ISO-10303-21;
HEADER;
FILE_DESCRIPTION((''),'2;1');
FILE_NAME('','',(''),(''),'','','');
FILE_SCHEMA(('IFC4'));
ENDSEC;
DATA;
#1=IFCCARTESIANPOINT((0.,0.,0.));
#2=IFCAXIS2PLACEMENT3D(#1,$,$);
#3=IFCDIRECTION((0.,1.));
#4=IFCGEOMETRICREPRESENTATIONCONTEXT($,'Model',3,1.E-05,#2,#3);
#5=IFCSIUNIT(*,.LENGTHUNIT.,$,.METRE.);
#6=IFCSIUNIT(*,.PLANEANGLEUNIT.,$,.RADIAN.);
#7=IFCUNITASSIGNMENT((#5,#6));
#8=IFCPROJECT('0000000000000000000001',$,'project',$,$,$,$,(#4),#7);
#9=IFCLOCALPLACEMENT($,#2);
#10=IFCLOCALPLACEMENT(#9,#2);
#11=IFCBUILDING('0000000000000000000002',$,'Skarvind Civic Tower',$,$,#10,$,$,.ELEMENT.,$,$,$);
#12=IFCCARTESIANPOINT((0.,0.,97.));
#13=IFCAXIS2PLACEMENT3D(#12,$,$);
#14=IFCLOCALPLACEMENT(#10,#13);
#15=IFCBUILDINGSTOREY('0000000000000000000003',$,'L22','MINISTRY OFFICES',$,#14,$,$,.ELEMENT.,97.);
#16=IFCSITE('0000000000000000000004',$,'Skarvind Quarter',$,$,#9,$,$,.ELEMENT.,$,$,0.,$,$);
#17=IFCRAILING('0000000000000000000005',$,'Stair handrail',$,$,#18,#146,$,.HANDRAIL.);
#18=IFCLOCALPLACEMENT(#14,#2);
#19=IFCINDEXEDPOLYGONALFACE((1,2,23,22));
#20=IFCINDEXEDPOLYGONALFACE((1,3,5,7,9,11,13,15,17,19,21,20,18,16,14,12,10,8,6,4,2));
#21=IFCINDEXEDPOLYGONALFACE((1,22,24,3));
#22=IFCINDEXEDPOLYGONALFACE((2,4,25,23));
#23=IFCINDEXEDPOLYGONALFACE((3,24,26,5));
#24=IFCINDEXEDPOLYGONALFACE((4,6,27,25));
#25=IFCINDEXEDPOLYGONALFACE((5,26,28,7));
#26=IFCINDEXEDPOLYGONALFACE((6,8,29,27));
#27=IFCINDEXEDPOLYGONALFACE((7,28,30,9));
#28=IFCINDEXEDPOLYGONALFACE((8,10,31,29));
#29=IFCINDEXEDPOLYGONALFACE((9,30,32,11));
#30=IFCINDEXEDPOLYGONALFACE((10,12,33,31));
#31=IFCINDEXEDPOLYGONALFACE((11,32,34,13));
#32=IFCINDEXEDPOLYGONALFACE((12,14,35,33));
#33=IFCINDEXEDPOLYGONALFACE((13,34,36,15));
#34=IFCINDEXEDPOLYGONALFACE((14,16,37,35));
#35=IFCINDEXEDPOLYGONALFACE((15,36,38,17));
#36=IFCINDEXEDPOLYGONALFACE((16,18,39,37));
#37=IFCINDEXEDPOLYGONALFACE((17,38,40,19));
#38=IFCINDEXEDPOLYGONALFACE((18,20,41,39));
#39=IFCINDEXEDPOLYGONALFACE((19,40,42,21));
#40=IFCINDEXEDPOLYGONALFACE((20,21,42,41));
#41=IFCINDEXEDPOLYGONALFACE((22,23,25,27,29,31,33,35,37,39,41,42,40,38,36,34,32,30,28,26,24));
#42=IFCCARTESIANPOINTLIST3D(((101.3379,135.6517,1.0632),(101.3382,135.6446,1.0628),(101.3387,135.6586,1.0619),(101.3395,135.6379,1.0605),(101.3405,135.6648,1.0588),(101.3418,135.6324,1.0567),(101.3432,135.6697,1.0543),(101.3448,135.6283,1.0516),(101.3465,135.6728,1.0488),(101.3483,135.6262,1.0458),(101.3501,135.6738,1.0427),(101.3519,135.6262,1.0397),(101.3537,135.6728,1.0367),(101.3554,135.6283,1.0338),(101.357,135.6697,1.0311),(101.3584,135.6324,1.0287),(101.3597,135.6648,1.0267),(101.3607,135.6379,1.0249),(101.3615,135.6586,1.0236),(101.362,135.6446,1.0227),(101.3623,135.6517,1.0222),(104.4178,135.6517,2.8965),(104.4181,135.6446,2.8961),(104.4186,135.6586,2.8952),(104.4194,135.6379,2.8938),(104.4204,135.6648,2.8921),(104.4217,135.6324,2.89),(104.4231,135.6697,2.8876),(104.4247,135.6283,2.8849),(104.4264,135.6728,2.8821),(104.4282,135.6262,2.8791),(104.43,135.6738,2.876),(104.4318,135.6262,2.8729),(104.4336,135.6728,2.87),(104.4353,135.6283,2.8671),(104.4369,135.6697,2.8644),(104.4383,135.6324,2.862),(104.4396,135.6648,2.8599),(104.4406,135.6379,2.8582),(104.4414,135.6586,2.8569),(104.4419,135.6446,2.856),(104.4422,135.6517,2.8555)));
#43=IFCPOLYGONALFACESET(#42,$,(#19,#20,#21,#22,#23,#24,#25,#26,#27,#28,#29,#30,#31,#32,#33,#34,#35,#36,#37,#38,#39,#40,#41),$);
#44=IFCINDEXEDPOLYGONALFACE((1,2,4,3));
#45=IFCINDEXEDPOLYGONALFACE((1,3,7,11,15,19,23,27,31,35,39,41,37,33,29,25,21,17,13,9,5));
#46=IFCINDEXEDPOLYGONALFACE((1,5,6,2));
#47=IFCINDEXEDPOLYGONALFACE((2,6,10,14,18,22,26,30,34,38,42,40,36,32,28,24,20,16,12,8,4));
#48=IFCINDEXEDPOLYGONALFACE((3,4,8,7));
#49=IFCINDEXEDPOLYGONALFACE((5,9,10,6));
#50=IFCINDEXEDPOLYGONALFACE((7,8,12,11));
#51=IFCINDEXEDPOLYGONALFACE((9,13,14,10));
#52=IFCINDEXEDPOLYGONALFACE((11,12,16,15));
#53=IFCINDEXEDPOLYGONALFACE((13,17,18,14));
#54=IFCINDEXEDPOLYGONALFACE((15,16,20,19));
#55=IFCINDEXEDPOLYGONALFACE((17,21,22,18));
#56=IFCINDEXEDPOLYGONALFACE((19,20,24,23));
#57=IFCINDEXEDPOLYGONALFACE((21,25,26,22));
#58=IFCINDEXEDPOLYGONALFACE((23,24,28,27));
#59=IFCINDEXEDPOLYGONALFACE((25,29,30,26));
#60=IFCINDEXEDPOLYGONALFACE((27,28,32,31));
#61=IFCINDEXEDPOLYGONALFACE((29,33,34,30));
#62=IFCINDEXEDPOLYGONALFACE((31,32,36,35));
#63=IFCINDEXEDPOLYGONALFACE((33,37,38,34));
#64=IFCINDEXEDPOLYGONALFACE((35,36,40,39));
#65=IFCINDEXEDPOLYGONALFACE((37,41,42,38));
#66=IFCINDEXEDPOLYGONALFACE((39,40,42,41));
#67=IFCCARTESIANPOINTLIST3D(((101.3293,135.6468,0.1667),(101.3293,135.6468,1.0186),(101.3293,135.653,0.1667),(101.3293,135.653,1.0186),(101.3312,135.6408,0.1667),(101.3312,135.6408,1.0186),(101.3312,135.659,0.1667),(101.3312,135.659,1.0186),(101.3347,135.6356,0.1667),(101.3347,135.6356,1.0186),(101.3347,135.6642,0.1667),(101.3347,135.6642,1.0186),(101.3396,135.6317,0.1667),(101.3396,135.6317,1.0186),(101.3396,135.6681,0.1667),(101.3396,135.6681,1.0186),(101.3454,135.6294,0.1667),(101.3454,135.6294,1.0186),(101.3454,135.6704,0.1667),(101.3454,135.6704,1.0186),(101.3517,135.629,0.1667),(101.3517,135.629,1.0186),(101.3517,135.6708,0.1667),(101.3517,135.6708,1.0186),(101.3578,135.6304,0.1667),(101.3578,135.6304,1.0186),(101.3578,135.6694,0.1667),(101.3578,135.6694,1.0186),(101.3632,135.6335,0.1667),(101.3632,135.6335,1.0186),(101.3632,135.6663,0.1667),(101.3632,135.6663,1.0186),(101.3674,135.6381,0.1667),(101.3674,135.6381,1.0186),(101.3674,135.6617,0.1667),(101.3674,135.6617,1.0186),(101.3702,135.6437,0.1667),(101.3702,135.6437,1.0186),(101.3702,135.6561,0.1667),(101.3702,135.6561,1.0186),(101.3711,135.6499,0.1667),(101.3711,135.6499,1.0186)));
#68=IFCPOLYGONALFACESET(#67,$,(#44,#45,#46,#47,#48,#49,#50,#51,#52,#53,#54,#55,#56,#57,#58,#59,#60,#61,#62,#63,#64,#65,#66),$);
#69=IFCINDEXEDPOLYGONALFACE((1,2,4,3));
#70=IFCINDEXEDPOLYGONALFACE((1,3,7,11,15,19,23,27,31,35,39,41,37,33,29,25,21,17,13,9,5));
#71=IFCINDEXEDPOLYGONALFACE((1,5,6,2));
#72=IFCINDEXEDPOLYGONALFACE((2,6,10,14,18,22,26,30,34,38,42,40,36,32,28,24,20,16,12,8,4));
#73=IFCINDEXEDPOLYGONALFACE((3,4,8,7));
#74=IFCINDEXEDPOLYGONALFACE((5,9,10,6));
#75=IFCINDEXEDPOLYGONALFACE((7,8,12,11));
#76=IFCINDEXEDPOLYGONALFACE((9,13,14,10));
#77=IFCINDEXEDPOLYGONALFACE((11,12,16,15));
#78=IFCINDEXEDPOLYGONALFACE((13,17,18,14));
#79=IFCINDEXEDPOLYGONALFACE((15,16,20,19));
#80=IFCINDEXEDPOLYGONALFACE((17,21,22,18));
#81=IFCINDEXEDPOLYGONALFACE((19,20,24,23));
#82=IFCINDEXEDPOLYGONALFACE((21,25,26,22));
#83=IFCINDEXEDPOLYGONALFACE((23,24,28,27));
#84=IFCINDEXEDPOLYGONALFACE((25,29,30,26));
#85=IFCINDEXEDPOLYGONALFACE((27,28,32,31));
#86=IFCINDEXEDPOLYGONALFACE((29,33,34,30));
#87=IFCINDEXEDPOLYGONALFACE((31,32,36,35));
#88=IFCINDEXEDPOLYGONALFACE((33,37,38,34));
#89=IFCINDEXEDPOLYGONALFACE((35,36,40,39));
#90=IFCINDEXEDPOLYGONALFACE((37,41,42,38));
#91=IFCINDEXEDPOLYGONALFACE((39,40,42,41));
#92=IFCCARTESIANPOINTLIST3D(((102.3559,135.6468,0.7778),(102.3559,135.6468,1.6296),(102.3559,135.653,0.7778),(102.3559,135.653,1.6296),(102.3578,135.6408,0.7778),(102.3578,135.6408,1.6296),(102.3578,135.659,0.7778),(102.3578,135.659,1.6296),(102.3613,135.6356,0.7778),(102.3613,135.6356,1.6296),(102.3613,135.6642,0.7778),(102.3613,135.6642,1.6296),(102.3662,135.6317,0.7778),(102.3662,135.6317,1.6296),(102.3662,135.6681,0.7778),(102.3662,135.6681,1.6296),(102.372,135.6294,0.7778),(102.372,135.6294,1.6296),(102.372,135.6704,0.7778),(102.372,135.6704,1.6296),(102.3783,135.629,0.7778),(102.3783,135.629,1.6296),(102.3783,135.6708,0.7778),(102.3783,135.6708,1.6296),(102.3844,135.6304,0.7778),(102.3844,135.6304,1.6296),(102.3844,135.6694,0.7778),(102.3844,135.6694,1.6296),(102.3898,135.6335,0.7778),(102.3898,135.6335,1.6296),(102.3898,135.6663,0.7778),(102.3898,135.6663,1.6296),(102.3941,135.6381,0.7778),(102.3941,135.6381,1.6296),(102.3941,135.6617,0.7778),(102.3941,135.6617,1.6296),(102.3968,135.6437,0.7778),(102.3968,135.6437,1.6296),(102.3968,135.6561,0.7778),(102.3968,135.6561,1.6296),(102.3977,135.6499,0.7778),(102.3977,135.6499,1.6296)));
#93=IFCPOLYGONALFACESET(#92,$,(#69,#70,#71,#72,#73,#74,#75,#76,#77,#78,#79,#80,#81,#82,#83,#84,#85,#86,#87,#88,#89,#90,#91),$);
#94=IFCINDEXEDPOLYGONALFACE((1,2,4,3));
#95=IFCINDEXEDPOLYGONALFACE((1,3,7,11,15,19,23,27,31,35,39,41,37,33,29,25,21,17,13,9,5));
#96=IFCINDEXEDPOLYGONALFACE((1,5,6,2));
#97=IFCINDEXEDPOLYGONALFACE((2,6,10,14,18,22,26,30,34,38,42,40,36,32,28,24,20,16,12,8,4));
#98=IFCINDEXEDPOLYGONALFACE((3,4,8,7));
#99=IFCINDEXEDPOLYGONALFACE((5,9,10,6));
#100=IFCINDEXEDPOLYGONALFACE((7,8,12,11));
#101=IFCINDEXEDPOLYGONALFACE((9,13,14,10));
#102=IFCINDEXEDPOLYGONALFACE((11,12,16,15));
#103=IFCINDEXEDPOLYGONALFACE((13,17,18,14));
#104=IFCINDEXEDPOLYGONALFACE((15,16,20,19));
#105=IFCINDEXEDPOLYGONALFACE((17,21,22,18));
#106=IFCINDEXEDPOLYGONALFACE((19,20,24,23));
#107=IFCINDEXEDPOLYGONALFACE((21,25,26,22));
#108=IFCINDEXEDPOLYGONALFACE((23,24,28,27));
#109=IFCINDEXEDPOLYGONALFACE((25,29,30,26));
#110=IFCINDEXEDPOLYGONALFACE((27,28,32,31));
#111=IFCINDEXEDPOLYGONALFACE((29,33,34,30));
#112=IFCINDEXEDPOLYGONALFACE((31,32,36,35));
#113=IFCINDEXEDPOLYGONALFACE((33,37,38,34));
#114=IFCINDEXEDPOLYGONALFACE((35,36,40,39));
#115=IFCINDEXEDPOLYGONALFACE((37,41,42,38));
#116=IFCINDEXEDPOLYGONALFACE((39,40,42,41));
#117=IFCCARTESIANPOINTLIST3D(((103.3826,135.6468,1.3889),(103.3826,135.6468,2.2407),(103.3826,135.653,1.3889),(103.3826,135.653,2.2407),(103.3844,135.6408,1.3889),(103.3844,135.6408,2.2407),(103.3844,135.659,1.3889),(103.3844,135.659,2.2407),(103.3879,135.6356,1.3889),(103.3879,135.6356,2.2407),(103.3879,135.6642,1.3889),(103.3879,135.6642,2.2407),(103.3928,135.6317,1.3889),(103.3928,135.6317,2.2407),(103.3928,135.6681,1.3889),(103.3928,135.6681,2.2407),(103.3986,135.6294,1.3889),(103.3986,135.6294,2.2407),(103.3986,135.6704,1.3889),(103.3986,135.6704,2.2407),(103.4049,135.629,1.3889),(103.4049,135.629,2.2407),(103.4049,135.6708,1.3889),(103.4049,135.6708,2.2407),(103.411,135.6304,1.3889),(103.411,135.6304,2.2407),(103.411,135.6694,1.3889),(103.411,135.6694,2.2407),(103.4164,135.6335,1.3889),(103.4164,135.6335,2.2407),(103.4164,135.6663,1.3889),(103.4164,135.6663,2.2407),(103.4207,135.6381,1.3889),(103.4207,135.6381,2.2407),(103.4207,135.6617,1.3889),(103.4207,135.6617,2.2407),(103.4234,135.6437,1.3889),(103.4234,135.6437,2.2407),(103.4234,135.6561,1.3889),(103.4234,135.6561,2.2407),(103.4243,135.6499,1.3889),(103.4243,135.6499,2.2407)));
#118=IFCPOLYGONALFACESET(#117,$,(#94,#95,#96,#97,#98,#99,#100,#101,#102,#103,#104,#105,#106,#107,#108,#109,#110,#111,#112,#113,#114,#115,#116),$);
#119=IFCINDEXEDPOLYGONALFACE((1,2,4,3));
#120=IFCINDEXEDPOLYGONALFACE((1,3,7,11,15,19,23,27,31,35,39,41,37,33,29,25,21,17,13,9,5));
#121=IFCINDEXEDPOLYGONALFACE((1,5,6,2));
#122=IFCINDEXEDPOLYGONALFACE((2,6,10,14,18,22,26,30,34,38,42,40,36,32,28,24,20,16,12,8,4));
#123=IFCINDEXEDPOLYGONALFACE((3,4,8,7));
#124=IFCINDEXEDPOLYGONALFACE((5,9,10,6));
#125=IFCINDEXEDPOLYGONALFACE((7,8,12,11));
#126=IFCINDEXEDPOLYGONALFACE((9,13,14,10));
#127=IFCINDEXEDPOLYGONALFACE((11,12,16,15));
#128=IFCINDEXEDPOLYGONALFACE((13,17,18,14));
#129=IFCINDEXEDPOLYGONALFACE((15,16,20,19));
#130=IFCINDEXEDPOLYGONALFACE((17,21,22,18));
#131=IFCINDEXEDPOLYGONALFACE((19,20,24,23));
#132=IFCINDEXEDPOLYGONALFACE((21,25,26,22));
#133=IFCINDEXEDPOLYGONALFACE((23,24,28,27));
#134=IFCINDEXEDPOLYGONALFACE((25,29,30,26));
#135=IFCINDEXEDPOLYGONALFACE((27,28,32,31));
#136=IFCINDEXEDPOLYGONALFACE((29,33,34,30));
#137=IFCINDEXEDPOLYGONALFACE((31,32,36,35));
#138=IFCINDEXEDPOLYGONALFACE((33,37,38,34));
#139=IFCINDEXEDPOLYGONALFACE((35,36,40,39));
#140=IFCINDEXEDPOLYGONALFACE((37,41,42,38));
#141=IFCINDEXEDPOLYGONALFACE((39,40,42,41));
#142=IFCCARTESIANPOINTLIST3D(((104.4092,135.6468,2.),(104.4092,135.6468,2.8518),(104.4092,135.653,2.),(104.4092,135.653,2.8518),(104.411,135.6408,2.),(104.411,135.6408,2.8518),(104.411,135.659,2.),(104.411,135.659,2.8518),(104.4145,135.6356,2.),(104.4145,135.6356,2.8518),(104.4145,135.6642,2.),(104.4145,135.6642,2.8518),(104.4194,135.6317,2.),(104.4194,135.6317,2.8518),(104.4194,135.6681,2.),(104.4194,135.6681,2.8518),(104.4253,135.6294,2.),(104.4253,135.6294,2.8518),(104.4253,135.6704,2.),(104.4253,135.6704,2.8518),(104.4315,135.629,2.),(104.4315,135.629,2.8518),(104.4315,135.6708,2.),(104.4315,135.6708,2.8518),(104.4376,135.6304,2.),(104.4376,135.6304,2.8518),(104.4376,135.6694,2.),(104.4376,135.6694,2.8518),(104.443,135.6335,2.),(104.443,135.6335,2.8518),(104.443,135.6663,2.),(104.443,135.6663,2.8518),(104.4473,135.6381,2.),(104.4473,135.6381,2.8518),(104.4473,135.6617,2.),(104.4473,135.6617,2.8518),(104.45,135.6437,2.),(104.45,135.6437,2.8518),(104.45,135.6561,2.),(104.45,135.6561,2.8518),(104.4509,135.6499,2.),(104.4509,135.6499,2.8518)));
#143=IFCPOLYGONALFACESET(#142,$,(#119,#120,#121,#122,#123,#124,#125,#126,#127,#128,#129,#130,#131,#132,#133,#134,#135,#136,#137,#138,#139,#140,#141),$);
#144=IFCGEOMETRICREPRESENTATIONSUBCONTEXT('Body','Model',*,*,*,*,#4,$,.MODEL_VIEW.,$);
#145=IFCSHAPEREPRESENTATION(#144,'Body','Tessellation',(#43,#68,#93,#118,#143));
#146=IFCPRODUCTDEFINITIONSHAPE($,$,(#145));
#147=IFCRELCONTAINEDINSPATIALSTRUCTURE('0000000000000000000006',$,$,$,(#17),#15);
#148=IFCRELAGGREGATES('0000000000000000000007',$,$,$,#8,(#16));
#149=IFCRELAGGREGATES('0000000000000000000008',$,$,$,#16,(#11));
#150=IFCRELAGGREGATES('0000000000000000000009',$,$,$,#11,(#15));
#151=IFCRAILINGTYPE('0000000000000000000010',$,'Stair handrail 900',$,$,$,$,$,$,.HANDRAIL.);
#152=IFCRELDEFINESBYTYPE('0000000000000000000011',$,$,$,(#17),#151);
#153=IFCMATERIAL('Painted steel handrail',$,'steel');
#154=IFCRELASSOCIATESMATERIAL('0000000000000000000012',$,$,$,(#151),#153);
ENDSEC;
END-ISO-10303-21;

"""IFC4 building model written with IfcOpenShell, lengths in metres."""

from ifc_helpers import new_model, si_unit, direction, frame, origin, origin_2d, place, context, subcontext, project, spatial, circle, extrude, material, type_object, element, save


model = new_model("IFC4")

# Units and contexts
model_context = context("Model", 3, precision=1e-05, world=origin(), true_north=direction((0.0, 1.0)))
body_context = subcontext(model_context, "Body", "Model", "MODEL_VIEW")
ifc_project = project(units=[si_unit("LENGTHUNIT", "METRE"), si_unit("PLANEANGLEUNIT", "RADIAN")], contexts=[model_context])

# Site, building, storey
site_placement = place(None, origin())
site = spatial("IfcSite", under=ifc_project, at=site_placement, Name="Skarvind Quarter", CompositionType="ELEMENT", RefElevation=0.0)
building_placement = place(site_placement, origin())
building = spatial("IfcBuilding", under=site, at=building_placement, Name="Skarvind Civic Tower", CompositionType="ELEMENT")
storey_placement = place(building_placement, frame((0.0, 0.0, 97.0)))
storey = spatial("IfcBuildingStorey", under=building, at=storey_placement, Name="L22", Description="MINISTRY OFFICES", CompositionType="ELEMENT", Elevation=97.0)

# Railing
ifc_material_1 = material(Name="Painted steel handrail", Category="steel")
railing_type = type_object("IfcRailingType", Name="Stair handrail 900", PredefinedType="HANDRAIL", material=ifc_material_1)
railing_1_placement = place(storey_placement, frame((101.3501, 135.6499, 0.1667)))
element("IfcRailing", 1, at=railing_1_placement, inside=storey, type_object=railing_type, Name="Stair handrail", PredefinedType="HANDRAIL", context=body_context, shape_type="SweptSolid", body=[
    extrude(circle(Radius=0.0239, at=origin_2d()), frame((0.0, 0.0, 0.876), z_axis=(0.859291, 0.0, 0.511487), x_axis=(0.0, 1.0, 0.0)), (0.0, 0.0, 1.0), 3.5842),
    extrude(circle(Radius=0.021, at=origin_2d()), origin(), (0.0, 0.0, 1.0), 0.8518),
    extrude(circle(Radius=0.021, at=origin_2d()), frame((1.0266, 0.0, 0.6111)), (0.0, 0.0, 1.0), 0.8518),
    extrude(circle(Radius=0.021, at=origin_2d()), frame((2.0532, 0.0, 1.2222)), (0.0, 0.0, 1.0), 0.8518),
    extrude(circle(Radius=0.021, at=origin_2d()), frame((3.0798, 0.0, 1.8333)), (0.0, 0.0, 1.0), 0.8518),
])

save(model, "model.ifc")
